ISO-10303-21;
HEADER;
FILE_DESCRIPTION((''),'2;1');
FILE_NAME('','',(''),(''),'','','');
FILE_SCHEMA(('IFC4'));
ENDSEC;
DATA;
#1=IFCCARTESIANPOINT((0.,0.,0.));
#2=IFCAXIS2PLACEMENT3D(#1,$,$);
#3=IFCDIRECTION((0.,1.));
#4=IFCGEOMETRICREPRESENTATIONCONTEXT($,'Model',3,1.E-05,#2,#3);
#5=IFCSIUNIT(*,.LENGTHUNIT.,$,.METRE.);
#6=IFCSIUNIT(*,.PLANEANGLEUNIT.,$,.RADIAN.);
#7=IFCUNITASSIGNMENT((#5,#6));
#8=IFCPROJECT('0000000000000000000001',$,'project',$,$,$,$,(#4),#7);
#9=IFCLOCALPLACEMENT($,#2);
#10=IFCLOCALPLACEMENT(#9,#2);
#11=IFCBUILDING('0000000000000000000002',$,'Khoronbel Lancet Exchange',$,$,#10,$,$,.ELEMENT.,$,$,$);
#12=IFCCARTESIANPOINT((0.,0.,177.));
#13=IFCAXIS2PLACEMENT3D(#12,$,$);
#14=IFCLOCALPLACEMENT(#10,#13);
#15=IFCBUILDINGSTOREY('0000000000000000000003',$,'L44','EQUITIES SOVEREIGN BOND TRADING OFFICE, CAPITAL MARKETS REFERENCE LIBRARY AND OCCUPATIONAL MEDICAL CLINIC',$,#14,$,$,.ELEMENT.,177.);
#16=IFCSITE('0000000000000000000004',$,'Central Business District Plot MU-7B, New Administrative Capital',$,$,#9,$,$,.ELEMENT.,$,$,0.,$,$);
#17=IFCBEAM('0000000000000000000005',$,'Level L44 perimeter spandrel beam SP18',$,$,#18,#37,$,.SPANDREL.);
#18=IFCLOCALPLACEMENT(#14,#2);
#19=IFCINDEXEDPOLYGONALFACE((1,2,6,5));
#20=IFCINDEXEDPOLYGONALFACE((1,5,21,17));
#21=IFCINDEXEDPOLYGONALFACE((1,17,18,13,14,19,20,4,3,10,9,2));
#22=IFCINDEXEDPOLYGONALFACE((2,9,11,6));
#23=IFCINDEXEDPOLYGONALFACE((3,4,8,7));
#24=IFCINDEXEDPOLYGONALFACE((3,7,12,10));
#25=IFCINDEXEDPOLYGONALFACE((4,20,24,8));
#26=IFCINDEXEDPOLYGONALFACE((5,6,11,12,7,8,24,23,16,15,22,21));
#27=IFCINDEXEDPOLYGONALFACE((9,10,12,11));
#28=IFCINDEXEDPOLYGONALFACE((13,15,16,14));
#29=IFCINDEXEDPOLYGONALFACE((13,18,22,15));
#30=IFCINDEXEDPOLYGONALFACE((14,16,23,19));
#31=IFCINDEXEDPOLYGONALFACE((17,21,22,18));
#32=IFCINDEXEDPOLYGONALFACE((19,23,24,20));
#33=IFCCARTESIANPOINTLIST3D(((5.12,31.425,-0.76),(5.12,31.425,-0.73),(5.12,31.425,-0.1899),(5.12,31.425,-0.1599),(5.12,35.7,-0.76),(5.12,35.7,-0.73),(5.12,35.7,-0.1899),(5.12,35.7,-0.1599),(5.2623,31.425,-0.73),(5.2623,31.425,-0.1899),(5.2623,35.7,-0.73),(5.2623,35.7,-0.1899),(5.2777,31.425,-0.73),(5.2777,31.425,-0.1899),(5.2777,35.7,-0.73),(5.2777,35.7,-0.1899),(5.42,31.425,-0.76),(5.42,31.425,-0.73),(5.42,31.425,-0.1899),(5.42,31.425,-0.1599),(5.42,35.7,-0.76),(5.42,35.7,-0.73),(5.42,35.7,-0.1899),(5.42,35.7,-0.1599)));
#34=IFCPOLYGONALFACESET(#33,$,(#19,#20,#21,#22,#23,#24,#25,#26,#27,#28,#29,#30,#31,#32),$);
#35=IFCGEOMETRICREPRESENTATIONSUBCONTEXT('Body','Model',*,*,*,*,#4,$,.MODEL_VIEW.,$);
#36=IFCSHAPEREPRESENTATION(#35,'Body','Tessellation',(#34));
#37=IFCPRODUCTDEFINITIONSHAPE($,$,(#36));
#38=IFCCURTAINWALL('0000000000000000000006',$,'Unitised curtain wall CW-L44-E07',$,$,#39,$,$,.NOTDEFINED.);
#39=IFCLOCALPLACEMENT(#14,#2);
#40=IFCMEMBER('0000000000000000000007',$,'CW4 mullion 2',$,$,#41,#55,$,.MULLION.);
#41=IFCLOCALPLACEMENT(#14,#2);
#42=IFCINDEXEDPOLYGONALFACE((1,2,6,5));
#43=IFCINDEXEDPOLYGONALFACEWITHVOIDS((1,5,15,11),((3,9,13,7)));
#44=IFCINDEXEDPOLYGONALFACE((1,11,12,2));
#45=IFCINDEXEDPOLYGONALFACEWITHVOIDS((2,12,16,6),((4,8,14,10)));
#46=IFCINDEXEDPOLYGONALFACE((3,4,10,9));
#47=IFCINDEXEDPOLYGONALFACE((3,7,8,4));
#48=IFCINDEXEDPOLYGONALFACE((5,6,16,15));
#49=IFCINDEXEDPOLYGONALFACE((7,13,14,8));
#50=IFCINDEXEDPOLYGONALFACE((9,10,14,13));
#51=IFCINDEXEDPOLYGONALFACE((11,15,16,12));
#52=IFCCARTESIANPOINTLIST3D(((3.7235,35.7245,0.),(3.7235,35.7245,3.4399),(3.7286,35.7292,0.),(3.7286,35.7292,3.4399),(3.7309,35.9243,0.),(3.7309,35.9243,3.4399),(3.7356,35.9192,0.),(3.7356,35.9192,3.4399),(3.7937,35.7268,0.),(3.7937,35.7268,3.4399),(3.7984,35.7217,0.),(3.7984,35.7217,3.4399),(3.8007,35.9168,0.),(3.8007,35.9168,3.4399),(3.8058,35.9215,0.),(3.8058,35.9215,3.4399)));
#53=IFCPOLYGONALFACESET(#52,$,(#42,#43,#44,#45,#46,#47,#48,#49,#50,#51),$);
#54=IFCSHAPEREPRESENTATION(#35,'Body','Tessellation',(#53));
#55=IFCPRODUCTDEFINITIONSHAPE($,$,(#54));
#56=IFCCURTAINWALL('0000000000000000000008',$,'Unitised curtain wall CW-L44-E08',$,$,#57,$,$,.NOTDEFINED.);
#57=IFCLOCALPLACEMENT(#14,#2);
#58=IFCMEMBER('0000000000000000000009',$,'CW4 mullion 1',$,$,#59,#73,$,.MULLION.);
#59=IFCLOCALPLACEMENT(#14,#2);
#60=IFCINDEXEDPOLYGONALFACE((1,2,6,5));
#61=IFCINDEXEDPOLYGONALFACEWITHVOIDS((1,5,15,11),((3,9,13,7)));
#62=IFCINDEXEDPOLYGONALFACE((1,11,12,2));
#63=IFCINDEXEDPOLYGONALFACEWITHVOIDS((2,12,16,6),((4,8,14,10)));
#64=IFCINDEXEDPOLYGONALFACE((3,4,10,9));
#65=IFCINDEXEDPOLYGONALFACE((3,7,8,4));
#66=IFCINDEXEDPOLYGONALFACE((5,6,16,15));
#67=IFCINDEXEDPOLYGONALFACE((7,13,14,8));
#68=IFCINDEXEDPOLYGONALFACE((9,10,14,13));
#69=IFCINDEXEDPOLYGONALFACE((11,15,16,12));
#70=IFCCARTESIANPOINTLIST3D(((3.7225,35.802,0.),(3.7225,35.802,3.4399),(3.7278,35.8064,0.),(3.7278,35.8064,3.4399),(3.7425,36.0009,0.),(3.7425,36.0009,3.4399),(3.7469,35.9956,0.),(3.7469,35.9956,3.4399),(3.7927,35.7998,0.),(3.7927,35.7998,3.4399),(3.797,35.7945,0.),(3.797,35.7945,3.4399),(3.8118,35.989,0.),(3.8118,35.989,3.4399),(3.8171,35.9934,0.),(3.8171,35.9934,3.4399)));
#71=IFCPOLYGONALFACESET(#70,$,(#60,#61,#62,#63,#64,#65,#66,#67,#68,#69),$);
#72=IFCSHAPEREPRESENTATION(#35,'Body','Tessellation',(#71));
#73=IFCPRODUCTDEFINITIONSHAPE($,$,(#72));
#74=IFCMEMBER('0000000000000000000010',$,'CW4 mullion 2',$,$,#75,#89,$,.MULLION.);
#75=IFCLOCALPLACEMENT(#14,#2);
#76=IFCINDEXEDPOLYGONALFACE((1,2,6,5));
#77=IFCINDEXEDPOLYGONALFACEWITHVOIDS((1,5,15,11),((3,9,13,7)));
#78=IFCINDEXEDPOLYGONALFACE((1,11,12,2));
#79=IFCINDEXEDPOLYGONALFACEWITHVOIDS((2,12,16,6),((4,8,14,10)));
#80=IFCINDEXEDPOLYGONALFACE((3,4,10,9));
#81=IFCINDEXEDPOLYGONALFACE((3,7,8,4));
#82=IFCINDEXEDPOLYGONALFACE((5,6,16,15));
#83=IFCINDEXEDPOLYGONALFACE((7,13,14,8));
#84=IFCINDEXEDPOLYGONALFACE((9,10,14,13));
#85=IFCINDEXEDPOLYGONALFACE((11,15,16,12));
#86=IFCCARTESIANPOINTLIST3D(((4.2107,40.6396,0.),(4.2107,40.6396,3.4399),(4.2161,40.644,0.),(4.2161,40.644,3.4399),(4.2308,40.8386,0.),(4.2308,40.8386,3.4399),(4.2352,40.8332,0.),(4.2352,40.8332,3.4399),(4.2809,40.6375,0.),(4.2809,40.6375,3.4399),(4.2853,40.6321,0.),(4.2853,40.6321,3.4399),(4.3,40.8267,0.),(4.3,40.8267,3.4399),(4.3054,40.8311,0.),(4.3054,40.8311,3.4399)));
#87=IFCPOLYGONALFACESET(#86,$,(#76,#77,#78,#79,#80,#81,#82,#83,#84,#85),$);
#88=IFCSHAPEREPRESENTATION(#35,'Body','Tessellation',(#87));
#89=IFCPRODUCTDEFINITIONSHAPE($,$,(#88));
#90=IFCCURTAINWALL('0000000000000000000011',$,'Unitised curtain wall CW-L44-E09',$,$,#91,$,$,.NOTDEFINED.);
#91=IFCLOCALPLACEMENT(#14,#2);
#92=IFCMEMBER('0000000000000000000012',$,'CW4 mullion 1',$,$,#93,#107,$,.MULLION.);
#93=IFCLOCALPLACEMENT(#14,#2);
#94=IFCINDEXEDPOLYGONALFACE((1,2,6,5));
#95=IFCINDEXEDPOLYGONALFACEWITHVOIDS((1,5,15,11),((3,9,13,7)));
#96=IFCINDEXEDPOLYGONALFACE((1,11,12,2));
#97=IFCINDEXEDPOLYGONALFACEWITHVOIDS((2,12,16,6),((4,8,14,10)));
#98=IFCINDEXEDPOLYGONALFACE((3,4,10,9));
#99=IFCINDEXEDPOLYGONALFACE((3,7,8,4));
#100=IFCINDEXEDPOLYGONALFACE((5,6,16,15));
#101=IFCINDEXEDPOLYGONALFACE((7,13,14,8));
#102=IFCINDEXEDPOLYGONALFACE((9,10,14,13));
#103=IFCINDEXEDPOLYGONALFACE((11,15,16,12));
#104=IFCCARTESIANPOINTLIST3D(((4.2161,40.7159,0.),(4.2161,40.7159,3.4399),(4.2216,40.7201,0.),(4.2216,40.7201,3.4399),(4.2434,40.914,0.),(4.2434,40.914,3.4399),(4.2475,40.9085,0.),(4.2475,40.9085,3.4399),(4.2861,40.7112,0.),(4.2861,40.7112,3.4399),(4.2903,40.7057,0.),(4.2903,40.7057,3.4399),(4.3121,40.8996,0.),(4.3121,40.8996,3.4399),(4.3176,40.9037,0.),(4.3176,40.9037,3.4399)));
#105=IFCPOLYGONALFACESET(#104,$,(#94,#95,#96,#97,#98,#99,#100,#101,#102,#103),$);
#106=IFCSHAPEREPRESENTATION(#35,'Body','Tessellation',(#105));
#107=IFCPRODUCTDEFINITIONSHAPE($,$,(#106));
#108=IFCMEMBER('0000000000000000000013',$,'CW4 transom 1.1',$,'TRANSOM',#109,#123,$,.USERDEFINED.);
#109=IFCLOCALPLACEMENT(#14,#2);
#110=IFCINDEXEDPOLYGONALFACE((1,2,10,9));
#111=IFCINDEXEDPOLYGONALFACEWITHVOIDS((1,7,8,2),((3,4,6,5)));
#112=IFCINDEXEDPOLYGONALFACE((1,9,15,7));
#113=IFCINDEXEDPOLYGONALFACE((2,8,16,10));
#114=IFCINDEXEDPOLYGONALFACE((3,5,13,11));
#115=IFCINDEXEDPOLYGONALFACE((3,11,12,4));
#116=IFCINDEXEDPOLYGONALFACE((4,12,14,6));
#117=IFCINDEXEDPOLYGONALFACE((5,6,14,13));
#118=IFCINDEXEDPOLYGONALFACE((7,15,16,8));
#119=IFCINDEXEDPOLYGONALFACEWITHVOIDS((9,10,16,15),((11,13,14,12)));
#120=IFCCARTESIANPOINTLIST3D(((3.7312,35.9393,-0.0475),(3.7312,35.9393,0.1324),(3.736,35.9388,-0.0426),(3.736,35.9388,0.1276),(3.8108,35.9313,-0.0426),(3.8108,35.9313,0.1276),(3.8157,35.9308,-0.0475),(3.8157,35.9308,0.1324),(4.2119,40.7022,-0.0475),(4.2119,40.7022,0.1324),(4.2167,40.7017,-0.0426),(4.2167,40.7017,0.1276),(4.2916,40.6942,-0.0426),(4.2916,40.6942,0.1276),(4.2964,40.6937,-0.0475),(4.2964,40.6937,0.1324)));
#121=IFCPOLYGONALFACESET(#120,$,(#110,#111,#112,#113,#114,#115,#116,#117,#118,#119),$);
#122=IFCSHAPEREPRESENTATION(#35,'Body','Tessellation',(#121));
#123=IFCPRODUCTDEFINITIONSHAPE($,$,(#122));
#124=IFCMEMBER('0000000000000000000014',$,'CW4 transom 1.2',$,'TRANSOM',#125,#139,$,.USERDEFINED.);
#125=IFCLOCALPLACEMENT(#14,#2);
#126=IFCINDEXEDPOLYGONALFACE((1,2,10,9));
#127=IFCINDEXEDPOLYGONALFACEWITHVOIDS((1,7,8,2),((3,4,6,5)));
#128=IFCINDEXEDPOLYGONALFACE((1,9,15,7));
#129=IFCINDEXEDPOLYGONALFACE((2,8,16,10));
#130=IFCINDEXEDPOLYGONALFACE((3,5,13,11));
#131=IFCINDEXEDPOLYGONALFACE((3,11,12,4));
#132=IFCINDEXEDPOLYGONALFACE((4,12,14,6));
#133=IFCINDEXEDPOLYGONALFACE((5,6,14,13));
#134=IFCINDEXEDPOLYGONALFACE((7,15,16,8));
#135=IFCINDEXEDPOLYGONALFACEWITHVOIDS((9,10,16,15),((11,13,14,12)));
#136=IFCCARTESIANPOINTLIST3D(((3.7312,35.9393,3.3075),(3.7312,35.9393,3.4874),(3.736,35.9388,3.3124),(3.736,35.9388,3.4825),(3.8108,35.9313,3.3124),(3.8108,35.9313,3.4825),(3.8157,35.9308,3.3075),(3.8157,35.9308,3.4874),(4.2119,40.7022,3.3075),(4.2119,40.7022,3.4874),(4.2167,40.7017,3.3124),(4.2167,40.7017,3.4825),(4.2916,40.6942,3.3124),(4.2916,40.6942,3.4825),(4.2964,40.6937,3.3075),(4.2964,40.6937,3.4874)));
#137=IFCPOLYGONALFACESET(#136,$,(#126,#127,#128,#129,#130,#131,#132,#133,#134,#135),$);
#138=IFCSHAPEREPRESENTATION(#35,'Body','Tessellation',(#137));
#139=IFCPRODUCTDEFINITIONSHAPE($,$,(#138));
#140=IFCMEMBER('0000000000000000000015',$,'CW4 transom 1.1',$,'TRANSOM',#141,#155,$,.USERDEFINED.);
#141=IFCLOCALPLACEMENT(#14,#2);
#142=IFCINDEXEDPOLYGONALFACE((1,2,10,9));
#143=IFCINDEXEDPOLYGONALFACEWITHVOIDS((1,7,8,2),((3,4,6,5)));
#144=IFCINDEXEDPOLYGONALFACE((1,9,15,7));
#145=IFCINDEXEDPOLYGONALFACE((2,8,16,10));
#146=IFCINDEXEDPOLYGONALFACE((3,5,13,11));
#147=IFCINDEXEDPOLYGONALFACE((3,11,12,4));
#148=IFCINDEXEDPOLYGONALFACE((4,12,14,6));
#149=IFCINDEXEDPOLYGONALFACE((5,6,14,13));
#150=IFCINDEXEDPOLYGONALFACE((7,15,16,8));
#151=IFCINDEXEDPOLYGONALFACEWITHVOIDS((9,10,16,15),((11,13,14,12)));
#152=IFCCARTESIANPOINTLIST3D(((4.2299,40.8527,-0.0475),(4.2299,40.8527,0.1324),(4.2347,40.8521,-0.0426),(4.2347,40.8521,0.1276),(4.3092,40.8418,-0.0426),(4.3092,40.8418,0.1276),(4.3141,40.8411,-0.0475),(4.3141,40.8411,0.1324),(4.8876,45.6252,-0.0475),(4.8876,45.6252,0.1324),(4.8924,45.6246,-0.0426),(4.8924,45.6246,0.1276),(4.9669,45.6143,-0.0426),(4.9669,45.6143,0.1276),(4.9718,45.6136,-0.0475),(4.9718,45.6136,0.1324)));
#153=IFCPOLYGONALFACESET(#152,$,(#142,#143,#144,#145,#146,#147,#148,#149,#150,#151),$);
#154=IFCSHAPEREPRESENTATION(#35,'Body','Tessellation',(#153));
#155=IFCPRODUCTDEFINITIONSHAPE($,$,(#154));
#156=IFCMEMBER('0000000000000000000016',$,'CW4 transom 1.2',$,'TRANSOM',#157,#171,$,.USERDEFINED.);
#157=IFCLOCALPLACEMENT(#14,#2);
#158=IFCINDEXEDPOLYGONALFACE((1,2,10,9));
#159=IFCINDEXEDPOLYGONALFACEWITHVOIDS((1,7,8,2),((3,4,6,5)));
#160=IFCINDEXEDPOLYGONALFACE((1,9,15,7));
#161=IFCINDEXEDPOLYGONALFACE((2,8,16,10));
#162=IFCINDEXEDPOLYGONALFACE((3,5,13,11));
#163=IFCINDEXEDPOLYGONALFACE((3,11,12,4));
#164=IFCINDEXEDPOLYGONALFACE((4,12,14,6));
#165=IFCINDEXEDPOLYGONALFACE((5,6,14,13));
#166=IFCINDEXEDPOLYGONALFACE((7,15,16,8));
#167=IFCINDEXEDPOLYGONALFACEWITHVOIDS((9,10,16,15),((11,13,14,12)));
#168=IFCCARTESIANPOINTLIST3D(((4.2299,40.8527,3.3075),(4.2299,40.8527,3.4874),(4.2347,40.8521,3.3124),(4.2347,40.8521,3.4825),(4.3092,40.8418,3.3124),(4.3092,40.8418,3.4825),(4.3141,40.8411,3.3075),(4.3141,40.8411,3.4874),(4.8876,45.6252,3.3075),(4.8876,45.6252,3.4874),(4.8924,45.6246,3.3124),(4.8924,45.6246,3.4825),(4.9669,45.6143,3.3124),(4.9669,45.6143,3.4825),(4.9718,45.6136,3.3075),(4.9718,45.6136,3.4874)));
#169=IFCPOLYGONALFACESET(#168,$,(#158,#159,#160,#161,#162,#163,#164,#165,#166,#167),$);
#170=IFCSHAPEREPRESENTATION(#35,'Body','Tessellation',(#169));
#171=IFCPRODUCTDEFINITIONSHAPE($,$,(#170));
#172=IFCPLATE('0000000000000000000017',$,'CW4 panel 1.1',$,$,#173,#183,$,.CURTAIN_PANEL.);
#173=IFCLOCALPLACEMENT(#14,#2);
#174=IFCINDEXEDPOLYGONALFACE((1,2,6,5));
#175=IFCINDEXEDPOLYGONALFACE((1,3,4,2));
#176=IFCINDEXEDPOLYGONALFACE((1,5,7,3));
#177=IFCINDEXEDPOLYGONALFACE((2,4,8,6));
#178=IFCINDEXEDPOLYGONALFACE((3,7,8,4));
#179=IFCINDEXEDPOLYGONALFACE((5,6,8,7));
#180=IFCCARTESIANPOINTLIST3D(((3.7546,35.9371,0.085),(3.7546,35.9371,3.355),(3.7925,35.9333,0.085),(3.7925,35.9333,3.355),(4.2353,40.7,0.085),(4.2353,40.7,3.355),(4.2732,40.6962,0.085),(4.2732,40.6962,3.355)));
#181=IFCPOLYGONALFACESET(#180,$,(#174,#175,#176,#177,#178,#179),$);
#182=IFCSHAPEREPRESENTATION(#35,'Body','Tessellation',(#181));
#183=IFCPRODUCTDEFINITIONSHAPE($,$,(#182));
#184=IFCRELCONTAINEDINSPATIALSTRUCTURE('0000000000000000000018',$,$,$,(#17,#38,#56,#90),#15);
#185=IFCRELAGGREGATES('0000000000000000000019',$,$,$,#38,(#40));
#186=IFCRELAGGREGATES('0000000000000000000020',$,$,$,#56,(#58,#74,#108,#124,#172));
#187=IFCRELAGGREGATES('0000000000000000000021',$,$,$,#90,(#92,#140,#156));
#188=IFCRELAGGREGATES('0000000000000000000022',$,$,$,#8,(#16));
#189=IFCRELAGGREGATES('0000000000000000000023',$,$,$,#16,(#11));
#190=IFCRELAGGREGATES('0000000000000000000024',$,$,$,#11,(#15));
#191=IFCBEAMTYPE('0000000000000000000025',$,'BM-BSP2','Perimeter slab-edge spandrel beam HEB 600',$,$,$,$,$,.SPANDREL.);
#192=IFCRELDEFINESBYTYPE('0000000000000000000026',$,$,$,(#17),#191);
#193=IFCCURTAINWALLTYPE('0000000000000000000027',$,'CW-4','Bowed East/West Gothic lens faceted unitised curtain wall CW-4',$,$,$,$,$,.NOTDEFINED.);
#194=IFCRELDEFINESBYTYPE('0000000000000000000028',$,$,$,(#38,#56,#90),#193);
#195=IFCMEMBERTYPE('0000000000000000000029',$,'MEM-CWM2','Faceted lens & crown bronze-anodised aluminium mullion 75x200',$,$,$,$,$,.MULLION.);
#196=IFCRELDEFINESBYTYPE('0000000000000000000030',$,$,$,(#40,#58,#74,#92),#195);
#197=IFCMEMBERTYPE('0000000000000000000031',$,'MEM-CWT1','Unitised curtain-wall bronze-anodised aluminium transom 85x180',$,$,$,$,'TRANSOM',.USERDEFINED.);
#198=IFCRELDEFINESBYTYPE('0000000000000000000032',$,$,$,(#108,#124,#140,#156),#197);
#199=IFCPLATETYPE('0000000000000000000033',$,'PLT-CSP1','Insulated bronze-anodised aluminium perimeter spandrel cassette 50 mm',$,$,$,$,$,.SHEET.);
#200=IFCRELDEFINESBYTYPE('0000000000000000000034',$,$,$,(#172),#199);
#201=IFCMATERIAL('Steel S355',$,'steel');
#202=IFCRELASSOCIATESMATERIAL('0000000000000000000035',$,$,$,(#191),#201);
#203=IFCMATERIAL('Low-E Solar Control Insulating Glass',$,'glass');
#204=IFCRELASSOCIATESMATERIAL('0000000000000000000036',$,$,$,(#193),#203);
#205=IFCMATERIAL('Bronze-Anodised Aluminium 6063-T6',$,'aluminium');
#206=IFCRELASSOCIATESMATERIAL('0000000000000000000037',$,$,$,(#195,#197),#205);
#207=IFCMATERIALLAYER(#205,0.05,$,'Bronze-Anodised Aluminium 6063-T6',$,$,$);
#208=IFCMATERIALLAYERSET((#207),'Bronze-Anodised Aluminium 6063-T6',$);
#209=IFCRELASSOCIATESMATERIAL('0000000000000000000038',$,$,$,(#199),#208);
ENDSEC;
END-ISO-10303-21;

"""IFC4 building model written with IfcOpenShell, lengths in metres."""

from ifc_helpers import new_model, si_unit, direction, frame, origin, origin_2d, place, context, subcontext, project, spatial, rectangle, hollow_rectangle, i_section, extrude, material, layer, layer_set, material_profile, profile_set, type_object, element, aggregate, save


model = new_model("IFC4")

# Units and contexts
model_context = context("Model", 3, precision=1e-05, world=origin(), true_north=direction((0.0, 1.0)))
body_context = subcontext(model_context, "Body", "Model", "MODEL_VIEW")
ifc_project = project(units=[si_unit("LENGTHUNIT", "METRE"), si_unit("PLANEANGLEUNIT", "RADIAN")], contexts=[model_context])

# Site, building, storey
site_placement = place(None, origin())
site = spatial("IfcSite", under=ifc_project, at=site_placement, Name="Central Business District Plot MU-7B, New Administrative Capital", CompositionType="ELEMENT", RefElevation=0.0)
building_placement = place(site_placement, origin())
building = spatial("IfcBuilding", under=site, at=building_placement, Name="Khoronbel Lancet Exchange", CompositionType="ELEMENT")
storey_placement = place(building_placement, frame((0.0, 0.0, 177.0)))
storey = spatial("IfcBuildingStorey", under=building, at=storey_placement, Name="L44", Description="EQUITIES SOVEREIGN BOND TRADING OFFICE, CAPITAL MARKETS REFERENCE LIBRARY AND OCCUPATIONAL MEDICAL CLINIC", CompositionType="ELEMENT", Elevation=177.0)

# Shared definitions
ifc_material_1 = material(Name="Steel S355", Category="steel")

# Beam
ifc_material_profile_1 = material_profile(ifc_material_1, i_section(OverallWidth=0.3, OverallDepth=0.6001, WebThickness=0.0154, FlangeThickness=0.03, at=origin_2d()), Name="HEB 600")
ifc_profile_set_1 = profile_set([ifc_material_profile_1], Name="Steel S355")
beam_type_1 = type_object("IfcBeamType", Name="BM-BSP2", Description="Perimeter slab-edge spandrel beam HEB 600", PredefinedType="SPANDREL", material=ifc_profile_set_1)
beam_1_placement = place(storey_placement, frame((5.27, 35.7, -0.46), z_axis=(0.0, -1.0, 0.0), x_axis=(1.0, 0.0, 0.0)))
element("IfcBeam", 1, at=beam_1_placement, inside=storey, type_object=beam_type_1, Name="Level L44 perimeter spandrel beam SP18", PredefinedType="SPANDREL", context=body_context, shape_type="SweptSolid", body=[
    extrude(i_section(OverallWidth=0.3, OverallDepth=0.6001, WebThickness=0.0154, FlangeThickness=0.03, at=origin_2d()), origin(), (0.0, 0.0, 1.0), 4.2749),
])

# Curtain wall, member
ifc_material_2 = material(Name="Low-E Solar Control Insulating Glass", Category="glass")
curtain_wall_type = type_object("IfcCurtainWallType", Name="CW-4", Description="Bowed East/West Gothic lens faceted unitised curtain wall CW-4", PredefinedType="NOTDEFINED", material=ifc_material_2)
curtain_wall_1_placement = place(storey_placement, origin())
curtain_wall_1 = element("IfcCurtainWall", 2, at=curtain_wall_1_placement, inside=storey, type_object=curtain_wall_type, Name="Unitised curtain wall CW-L44-E07", PredefinedType="NOTDEFINED")
ifc_material_3 = material(Name="Bronze-Anodised Aluminium 6063-T6", Category="aluminium")
ifc_material_profile_2 = material_profile(ifc_material_3, hollow_rectangle(XDim=0.075, YDim=0.2, WallThickness=0.0049, at=origin_2d()), Name="ALU MULLION 75x200")
ifc_profile_set_2 = profile_set([ifc_material_profile_2], Name="Bronze-Anodised Aluminium 6063-T6")
member_type_1 = type_object("IfcMemberType", Name="MEM-CWM2", Description="Faceted lens & crown bronze-anodised aluminium mullion 75x200", PredefinedType="MULLION", material=ifc_profile_set_2)
member_1_placement = place(storey_placement, frame((3.7646, 35.823, 0.0), z_axis=(0.0, 0.0, 1.0), x_axis=(-0.999319, 0.036896, 0.0)))
member_1 = element("IfcMember", 3, at=member_1_placement, type_object=member_type_1, Name="CW4 mullion 2", PredefinedType="MULLION", context=body_context, shape_type="SweptSolid", body=[
    extrude(hollow_rectangle(XDim=0.075, YDim=0.2, WallThickness=0.0049, at=origin_2d()), origin(), (0.0, 0.0, 1.0), 3.4399),
])
aggregate(curtain_wall_1, [member_1])

# Curtain wall, members
curtain_wall_2_placement = place(storey_placement, origin())
curtain_wall_2 = element("IfcCurtainWall", 4, at=curtain_wall_2_placement, inside=storey, type_object=curtain_wall_type, Name="Unitised curtain wall CW-L44-E08", PredefinedType="NOTDEFINED")
member_2_placement = place(storey_placement, frame((3.7698, 35.8977, 0.0), z_axis=(0.0, 0.0, 1.0), x_axis=(-0.994947, 0.100404, 0.0)))
member_2 = element("IfcMember", 5, at=member_2_placement, type_object=member_type_1, Name="CW4 mullion 1", PredefinedType="MULLION", context=body_context, shape_type="SweptSolid", body=[
    extrude(hollow_rectangle(XDim=0.075, YDim=0.2, WallThickness=0.0049, at=origin_2d()), origin(), (0.0, 0.0, 1.0), 3.4399),
])
member_3_placement = place(storey_placement, frame((4.2581, 40.7354, 0.0), z_axis=(0.0, 0.0, 1.0), x_axis=(-0.994947, 0.100404, 0.0)))
member_3 = element("IfcMember", 6, at=member_3_placement, type_object=member_type_1, Name="CW4 mullion 2", PredefinedType="MULLION", context=body_context, shape_type="SweptSolid", body=[
    extrude(hollow_rectangle(XDim=0.075, YDim=0.2, WallThickness=0.0049, at=origin_2d()), origin(), (0.0, 0.0, 1.0), 3.4399),
])

# Curtain wall, member
curtain_wall_3_placement = place(storey_placement, origin())
curtain_wall_3 = element("IfcCurtainWall", 7, at=curtain_wall_3_placement, inside=storey, type_object=curtain_wall_type, Name="Unitised curtain wall CW-L44-E09", PredefinedType="NOTDEFINED")
member_4_placement = place(storey_placement, frame((4.2668, 40.8098, 0.0), z_axis=(0.0, 0.0, 1.0), x_axis=(-0.990634, 0.136541, 0.0)))
member_4 = element("IfcMember", 8, at=member_4_placement, type_object=member_type_1, Name="CW4 mullion 1", PredefinedType="MULLION", context=body_context, shape_type="SweptSolid", body=[
    extrude(hollow_rectangle(XDim=0.075, YDim=0.2, WallThickness=0.0049, at=origin_2d()), origin(), (0.0, 0.0, 1.0), 3.4399),
])

# Members
ifc_material_profile_3 = material_profile(ifc_material_3, hollow_rectangle(XDim=0.085, YDim=0.1799, WallThickness=0.0049, at=origin_2d()), Name="ALU TRANSOM 85x180")
ifc_profile_set_3 = profile_set([ifc_material_profile_3], Name="Bronze-Anodised Aluminium 6063-T6")
member_type_2 = type_object("IfcMemberType", Name="MEM-CWT1", Description="Unitised curtain-wall bronze-anodised aluminium transom 85x180", ElementType="TRANSOM", PredefinedType="USERDEFINED", material=ifc_profile_set_3)
member_5_placement = place(storey_placement, frame((3.7734, 35.9351, 0.0425), z_axis=(0.100418, 0.994945, 0.0), x_axis=(-0.994945, 0.100418, 0.0)))
member_5 = element("IfcMember", 9, at=member_5_placement, type_object=member_type_2, Name="CW4 transom 1.1", ObjectType="TRANSOM", PredefinedType="USERDEFINED", context=body_context, shape_type="SweptSolid", body=[
    extrude(hollow_rectangle(XDim=0.085, YDim=0.1799, WallThickness=0.0049, at=origin_2d()), origin(), (0.0, 0.0, 1.0), 4.7871),
])
member_6_placement = place(storey_placement, frame((3.7734, 35.9351, 3.3975), z_axis=(0.100418, 0.994945, 0.0), x_axis=(-0.994945, 0.100418, 0.0)))
member_6 = element("IfcMember", 10, at=member_6_placement, type_object=member_type_2, Name="CW4 transom 1.2", ObjectType="TRANSOM", PredefinedType="USERDEFINED", context=body_context, shape_type="SweptSolid", body=[
    extrude(hollow_rectangle(XDim=0.085, YDim=0.1799, WallThickness=0.0049, at=origin_2d()), origin(), (0.0, 0.0, 1.0), 4.7871),
])
member_7_placement = place(storey_placement, frame((4.272, 40.8469, 0.0425), z_axis=(0.136524, 0.990637, 0.0), x_axis=(-0.990637, 0.136524, 0.0)))
member_7 = element("IfcMember", 11, at=member_7_placement, type_object=member_type_2, Name="CW4 transom 1.1", ObjectType="TRANSOM", PredefinedType="USERDEFINED", context=body_context, shape_type="SweptSolid", body=[
    extrude(hollow_rectangle(XDim=0.085, YDim=0.1799, WallThickness=0.0049, at=origin_2d()), origin(), (0.0, 0.0, 1.0), 4.8176),
])
member_8_placement = place(storey_placement, frame((4.272, 40.8469, 3.3975), z_axis=(0.136524, 0.990637, 0.0), x_axis=(-0.990637, 0.136524, 0.0)))
member_8 = element("IfcMember", 12, at=member_8_placement, type_object=member_type_2, Name="CW4 transom 1.2", ObjectType="TRANSOM", PredefinedType="USERDEFINED", context=body_context, shape_type="SweptSolid", body=[
    extrude(hollow_rectangle(XDim=0.085, YDim=0.1799, WallThickness=0.0049, at=origin_2d()), origin(), (0.0, 0.0, 1.0), 4.8176),
])

# Plate
ifc_layer_1 = layer(ifc_material_3, 0.05, Name="Bronze-Anodised Aluminium 6063-T6")
ifc_layer_set_1 = layer_set([ifc_layer_1], Name="Bronze-Anodised Aluminium 6063-T6")
plate_type_1 = type_object("IfcPlateType", Name="PLT-CSP1", Description="Insulated bronze-anodised aluminium perimeter spandrel cassette 50 mm", PredefinedType="SHEET", material=ifc_layer_set_1)
plate_1_placement = place(storey_placement, frame((4.0139, 38.3167, 0.085), z_axis=(0.0, 0.0, 1.0), x_axis=(0.100404, 0.994947, 0.0)))
plate_1 = element("IfcPlate", 13, at=plate_1_placement, type_object=plate_type_1, Name="CW4 panel 1.1", PredefinedType="CURTAIN_PANEL", context=body_context, shape_type="SweptSolid", body=[
    extrude(rectangle(XDim=4.7871, YDim=0.0381, at=origin_2d()), origin(), (0.0, 0.0, 1.0), 3.27),
])
aggregate(curtain_wall_2, [member_2, member_3, member_5, member_6, plate_1])
aggregate(curtain_wall_3, [member_4, member_7, member_8])

save(model, "model.ifc")
